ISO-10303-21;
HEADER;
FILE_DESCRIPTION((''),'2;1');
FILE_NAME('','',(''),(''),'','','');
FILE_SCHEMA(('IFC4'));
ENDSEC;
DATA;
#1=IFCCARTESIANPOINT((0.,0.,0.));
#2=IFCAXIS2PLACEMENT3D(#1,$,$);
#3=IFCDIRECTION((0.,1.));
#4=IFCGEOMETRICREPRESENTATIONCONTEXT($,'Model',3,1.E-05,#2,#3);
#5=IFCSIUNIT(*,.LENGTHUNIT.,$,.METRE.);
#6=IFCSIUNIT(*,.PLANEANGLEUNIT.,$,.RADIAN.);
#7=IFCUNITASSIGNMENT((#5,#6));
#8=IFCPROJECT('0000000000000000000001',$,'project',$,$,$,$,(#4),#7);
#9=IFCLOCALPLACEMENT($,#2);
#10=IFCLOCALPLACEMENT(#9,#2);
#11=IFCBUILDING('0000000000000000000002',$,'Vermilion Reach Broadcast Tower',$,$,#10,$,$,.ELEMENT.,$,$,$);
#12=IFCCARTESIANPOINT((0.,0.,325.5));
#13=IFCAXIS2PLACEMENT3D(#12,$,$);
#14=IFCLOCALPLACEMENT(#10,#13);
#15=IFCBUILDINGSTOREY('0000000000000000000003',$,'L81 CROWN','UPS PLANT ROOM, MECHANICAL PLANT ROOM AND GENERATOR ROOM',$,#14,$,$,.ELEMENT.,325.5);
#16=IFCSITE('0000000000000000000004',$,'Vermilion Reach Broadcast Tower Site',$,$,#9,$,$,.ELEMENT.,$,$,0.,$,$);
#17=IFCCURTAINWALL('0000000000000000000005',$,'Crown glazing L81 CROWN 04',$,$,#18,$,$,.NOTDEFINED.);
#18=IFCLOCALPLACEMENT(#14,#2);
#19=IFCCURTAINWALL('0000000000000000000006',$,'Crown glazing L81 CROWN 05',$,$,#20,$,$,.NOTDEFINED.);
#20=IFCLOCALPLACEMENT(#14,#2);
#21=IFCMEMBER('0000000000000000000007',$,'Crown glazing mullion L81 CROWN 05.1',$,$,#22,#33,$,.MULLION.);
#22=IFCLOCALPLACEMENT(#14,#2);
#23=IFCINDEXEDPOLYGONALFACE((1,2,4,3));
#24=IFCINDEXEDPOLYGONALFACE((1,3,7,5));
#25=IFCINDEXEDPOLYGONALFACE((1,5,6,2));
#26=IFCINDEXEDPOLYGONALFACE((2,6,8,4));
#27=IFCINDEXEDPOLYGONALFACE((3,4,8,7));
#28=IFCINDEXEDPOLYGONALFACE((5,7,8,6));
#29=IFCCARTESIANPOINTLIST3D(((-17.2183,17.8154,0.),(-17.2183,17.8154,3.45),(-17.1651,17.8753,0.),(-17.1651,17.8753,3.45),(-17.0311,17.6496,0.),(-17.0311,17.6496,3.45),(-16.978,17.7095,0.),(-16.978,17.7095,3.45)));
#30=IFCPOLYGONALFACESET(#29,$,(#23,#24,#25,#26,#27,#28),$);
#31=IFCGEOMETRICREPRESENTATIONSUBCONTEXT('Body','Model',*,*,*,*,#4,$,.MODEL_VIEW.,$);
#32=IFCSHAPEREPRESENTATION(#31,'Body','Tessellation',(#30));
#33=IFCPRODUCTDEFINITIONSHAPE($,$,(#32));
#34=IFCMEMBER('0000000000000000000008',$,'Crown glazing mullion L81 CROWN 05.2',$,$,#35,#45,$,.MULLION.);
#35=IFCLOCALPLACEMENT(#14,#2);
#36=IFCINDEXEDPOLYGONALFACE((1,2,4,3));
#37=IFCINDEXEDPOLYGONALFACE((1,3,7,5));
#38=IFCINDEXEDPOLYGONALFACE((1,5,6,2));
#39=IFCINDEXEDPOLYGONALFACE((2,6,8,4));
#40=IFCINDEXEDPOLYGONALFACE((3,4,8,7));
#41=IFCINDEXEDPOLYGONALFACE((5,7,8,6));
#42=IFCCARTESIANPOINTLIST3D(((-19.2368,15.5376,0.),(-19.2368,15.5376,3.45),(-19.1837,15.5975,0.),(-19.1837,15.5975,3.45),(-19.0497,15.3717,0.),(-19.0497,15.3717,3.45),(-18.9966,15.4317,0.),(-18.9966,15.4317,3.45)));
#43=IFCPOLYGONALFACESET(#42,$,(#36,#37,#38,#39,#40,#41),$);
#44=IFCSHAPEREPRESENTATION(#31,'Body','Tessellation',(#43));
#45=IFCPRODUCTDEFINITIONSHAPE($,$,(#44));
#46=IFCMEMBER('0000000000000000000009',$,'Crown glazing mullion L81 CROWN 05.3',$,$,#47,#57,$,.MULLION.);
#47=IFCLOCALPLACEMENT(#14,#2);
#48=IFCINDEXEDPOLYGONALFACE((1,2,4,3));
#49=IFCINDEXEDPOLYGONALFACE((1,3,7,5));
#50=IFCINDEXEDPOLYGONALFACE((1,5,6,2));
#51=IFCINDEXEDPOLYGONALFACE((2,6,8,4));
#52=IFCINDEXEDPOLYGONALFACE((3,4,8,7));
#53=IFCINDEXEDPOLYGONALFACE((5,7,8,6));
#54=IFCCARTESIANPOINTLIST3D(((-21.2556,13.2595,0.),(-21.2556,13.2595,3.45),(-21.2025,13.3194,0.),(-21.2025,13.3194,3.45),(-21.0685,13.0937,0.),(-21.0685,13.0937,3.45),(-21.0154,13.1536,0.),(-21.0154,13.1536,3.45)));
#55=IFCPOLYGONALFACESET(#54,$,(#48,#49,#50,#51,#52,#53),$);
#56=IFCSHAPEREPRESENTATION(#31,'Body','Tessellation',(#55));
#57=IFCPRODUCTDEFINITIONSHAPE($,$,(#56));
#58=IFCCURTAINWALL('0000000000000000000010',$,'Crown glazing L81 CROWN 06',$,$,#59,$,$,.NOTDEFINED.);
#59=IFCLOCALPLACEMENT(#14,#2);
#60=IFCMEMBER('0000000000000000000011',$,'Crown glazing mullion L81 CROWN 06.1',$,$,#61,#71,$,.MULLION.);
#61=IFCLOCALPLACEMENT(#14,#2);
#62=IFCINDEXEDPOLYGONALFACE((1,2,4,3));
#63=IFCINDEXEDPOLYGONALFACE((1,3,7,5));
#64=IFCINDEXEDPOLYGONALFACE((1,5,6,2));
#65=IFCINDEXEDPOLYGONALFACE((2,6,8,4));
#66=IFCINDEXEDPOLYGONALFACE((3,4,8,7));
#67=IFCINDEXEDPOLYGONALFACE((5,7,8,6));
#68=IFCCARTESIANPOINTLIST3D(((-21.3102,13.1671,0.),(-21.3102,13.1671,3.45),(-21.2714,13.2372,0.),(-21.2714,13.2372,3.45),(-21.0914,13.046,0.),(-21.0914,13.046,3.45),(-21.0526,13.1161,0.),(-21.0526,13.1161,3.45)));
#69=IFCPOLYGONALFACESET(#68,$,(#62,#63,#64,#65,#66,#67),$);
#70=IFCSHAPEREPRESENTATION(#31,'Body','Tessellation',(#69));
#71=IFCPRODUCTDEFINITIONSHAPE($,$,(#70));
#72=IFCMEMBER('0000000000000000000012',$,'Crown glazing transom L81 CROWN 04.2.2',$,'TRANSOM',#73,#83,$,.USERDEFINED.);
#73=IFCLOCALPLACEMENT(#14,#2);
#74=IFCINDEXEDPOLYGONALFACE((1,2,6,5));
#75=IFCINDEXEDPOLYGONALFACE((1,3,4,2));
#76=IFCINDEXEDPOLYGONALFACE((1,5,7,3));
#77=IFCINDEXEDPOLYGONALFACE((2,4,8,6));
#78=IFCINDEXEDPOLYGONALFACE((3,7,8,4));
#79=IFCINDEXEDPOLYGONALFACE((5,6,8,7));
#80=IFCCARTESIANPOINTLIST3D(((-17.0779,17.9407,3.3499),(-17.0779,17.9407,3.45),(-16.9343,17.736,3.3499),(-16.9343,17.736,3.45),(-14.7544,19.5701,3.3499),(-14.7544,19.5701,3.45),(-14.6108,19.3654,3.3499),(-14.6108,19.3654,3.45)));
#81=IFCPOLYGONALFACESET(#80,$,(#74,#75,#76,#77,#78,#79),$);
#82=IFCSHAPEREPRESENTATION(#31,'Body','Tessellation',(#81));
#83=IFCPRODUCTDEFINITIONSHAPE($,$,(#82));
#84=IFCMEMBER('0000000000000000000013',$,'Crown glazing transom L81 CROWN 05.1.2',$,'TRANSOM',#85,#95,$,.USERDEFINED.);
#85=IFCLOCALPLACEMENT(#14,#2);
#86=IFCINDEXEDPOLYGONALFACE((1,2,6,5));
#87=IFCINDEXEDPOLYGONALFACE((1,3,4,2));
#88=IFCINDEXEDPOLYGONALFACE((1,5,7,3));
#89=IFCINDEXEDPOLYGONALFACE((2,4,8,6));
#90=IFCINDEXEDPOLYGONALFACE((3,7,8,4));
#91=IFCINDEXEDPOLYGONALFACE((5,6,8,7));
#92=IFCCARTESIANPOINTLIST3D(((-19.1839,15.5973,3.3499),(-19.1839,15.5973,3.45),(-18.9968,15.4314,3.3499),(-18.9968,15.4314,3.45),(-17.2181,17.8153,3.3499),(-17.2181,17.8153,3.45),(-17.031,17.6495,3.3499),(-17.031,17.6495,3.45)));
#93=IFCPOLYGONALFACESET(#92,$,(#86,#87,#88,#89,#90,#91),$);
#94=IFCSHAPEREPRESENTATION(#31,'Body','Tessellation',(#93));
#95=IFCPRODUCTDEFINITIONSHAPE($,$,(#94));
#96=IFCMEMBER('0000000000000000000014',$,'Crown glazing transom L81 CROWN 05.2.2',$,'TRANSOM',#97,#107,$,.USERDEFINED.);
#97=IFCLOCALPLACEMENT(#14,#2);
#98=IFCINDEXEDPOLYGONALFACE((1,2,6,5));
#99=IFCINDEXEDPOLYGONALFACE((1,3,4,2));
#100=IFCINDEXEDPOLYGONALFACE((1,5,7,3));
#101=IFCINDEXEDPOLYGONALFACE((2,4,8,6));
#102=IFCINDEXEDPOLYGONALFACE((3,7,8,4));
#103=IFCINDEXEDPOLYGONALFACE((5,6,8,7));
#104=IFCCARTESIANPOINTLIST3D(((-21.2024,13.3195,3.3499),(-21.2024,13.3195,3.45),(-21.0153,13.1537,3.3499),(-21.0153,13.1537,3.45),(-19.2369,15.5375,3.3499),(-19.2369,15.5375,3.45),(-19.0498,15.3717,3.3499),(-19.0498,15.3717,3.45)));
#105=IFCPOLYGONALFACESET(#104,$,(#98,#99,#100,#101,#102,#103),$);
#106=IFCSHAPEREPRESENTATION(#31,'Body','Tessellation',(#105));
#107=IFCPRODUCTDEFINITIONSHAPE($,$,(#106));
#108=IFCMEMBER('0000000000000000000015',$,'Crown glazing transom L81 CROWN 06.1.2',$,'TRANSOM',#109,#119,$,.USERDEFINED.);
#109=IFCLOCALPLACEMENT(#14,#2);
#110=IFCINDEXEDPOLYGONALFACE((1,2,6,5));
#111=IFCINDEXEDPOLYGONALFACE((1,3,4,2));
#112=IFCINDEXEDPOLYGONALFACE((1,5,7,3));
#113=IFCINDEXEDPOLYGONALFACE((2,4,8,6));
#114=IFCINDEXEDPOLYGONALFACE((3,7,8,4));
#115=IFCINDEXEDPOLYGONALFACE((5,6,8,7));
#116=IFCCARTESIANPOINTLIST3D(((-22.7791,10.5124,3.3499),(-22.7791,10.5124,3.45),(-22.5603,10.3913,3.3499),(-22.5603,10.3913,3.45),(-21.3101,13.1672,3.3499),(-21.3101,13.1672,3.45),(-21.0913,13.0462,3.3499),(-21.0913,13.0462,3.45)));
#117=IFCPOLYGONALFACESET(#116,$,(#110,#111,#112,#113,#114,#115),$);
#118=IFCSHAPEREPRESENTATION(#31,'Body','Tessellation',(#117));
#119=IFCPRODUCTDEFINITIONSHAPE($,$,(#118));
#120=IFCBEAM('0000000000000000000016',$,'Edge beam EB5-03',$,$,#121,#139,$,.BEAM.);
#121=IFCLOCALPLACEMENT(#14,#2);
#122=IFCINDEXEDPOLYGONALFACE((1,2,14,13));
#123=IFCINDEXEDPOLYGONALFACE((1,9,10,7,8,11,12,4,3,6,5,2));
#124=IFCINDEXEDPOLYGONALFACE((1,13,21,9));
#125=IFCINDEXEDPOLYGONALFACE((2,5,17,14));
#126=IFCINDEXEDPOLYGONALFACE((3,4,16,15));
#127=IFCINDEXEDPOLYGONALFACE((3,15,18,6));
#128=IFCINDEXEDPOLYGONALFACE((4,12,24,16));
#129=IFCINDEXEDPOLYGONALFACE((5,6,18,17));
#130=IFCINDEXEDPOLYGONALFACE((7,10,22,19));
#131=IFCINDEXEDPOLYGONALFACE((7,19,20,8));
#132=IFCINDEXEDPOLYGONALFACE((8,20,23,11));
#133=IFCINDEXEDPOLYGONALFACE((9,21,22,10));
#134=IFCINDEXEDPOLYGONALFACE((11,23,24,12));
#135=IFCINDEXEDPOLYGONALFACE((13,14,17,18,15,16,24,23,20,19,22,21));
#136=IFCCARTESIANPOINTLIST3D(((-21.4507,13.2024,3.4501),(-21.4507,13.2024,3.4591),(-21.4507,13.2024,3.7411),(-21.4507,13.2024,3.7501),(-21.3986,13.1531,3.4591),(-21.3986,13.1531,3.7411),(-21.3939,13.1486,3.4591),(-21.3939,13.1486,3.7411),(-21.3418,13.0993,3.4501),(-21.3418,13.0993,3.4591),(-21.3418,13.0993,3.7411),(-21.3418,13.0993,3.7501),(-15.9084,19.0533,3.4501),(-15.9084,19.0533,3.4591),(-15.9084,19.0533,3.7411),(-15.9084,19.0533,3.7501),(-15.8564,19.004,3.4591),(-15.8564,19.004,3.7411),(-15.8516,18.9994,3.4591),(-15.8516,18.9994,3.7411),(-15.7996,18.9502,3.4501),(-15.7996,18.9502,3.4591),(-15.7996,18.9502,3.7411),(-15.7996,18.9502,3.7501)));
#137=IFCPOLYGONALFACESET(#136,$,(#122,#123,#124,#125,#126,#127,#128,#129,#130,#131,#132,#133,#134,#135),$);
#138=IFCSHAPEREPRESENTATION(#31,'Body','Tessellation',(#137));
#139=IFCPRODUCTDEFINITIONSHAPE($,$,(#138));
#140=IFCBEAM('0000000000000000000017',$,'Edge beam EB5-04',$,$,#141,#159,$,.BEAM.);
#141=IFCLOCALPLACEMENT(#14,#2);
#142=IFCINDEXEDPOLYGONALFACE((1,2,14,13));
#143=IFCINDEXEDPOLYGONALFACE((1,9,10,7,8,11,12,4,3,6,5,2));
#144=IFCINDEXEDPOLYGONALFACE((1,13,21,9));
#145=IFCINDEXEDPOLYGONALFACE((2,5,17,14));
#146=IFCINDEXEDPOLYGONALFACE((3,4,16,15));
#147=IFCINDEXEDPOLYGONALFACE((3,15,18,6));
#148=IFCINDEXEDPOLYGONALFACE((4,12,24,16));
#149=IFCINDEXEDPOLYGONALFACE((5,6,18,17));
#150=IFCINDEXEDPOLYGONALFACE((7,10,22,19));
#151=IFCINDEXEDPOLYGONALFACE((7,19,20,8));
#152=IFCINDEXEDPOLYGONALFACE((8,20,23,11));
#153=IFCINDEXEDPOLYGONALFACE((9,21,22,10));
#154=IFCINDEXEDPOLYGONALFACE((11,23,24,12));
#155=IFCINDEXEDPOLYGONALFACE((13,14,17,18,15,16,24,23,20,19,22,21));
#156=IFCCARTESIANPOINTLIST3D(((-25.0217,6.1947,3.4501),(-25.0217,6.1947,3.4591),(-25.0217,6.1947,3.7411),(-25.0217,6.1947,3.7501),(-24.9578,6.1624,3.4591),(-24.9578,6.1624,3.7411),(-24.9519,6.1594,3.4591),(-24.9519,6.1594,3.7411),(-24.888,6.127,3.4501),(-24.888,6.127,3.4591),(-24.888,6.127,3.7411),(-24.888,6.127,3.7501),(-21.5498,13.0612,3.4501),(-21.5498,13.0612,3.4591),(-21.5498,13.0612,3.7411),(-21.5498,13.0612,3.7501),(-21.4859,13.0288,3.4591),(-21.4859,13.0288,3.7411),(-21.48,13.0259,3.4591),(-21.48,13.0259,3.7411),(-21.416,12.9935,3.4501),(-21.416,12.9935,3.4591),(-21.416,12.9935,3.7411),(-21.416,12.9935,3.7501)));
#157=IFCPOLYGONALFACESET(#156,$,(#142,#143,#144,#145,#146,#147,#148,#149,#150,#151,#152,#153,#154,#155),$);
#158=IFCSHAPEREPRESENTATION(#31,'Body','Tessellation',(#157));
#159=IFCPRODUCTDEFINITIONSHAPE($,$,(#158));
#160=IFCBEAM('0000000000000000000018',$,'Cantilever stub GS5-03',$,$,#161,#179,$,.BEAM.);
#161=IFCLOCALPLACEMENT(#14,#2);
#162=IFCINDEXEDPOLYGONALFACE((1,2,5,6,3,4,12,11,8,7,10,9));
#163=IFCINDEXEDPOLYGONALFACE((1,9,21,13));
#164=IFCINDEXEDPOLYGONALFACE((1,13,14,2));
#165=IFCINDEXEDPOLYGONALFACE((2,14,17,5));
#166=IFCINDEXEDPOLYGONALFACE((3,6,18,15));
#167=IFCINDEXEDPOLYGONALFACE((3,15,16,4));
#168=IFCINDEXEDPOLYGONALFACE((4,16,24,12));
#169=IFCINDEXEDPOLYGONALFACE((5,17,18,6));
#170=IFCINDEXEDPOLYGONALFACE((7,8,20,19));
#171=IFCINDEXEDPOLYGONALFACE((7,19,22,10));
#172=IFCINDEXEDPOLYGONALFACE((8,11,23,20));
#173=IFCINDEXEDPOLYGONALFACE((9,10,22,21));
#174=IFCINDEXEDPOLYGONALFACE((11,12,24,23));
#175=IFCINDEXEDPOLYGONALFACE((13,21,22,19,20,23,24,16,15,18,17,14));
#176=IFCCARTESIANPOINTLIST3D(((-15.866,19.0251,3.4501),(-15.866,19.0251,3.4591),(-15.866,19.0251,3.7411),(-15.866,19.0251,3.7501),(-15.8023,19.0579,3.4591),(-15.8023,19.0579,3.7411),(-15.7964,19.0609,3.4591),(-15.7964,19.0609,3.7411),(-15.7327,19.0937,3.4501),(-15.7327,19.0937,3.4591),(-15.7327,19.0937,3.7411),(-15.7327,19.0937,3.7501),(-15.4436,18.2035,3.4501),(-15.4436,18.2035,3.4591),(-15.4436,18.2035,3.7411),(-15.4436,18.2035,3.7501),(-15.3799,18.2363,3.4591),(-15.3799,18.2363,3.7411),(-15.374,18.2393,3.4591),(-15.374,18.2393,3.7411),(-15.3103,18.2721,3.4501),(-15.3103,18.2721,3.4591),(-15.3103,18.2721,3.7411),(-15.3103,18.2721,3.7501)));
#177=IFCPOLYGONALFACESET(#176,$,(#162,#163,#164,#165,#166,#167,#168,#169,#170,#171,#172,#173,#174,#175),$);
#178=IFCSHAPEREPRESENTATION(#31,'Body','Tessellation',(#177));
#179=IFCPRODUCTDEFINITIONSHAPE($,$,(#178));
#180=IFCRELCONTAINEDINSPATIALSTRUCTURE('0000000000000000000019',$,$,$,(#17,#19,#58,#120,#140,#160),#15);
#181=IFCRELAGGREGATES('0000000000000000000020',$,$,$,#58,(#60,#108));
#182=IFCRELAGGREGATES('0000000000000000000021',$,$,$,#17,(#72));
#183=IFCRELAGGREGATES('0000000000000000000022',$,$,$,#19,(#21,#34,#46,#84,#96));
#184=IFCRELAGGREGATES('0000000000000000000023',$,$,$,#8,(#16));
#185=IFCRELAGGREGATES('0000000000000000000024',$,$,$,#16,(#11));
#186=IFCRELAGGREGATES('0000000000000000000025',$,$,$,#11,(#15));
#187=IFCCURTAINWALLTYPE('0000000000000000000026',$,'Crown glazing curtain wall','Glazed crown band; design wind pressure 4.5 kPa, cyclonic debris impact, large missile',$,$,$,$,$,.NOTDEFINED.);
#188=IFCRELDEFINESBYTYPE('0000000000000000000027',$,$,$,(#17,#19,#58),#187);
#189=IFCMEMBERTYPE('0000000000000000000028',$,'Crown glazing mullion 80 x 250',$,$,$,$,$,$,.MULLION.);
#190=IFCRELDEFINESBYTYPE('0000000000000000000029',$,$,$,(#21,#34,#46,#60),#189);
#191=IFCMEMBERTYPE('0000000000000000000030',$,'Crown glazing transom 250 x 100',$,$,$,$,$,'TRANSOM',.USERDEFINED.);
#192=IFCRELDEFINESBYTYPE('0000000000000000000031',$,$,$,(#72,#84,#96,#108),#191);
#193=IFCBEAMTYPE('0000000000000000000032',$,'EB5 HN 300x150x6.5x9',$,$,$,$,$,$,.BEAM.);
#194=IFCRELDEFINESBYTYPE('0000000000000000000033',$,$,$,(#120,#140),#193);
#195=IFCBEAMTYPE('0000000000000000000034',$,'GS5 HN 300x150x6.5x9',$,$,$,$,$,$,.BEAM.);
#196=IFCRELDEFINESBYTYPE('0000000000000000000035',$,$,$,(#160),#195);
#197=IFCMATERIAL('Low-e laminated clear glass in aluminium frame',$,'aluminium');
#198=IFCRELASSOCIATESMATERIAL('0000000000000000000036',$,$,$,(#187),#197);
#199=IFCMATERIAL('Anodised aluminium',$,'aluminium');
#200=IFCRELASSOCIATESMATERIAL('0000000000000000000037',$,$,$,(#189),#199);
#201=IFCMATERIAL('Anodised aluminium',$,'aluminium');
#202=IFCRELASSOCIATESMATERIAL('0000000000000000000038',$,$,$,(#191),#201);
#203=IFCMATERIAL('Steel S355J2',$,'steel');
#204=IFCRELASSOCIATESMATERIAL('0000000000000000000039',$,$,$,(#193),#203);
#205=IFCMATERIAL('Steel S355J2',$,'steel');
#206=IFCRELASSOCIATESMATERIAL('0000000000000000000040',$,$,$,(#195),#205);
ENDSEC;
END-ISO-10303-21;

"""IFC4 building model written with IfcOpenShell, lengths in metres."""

from ifc_helpers import new_model, si_unit, direction, frame, origin, origin_2d, place, context, subcontext, project, spatial, rectangle, i_section, extrude, material, material_profile, profile_set, type_object, element, aggregate, save


model = new_model("IFC4")

# Units and contexts
model_context = context("Model", 3, precision=1e-05, world=origin(), true_north=direction((0.0, 1.0)))
body_context = subcontext(model_context, "Body", "Model", "MODEL_VIEW")
ifc_project = project(units=[si_unit("LENGTHUNIT", "METRE"), si_unit("PLANEANGLEUNIT", "RADIAN")], contexts=[model_context])

# Site, building, storey
site_placement = place(None, origin())
site = spatial("IfcSite", under=ifc_project, at=site_placement, Name="Vermilion Reach Broadcast Tower Site", CompositionType="ELEMENT", RefElevation=0.0)
building_placement = place(site_placement, origin())
building = spatial("IfcBuilding", under=site, at=building_placement, Name="Vermilion Reach Broadcast Tower", CompositionType="ELEMENT")
storey_placement = place(building_placement, frame((0.0, 0.0, 325.5)))
storey = spatial("IfcBuildingStorey", under=building, at=storey_placement, Name="L81 CROWN", Description="UPS PLANT ROOM, MECHANICAL PLANT ROOM AND GENERATOR ROOM", CompositionType="ELEMENT", Elevation=325.5)

# Curtain walls, members
ifc_material_1 = material(Name="Low-e laminated clear glass in aluminium frame", Category="aluminium")
curtain_wall_type = type_object("IfcCurtainWallType", Name="Crown glazing curtain wall", Description="Glazed crown band; design wind pressure 4.5 kPa, cyclonic debris impact, large missile", PredefinedType="NOTDEFINED", material=ifc_material_1)
placement = place(storey_placement, origin())
curtain_wall_1 = element("IfcCurtainWall", 1, at=placement, inside=storey, type_object=curtain_wall_type, Name="Crown glazing L81 CROWN 04", PredefinedType="NOTDEFINED")
ifc_material_2 = material(Name="Anodised aluminium", Category="aluminium")
ifc_material_profile_1 = material_profile(ifc_material_2, rectangle(XDim=0.25, YDim=0.0801, at=origin_2d()), Name="Crown glazing mullion 80 x 250")
ifc_profile_set_1 = profile_set([ifc_material_profile_1], Name="Anodised aluminium")
member_type_1 = type_object("IfcMemberType", Name="Crown glazing mullion 80 x 250", PredefinedType="MULLION", material=ifc_profile_set_1)
curtain_wall_2 = element("IfcCurtainWall", 2, at=placement, inside=storey, type_object=curtain_wall_type, Name="Crown glazing L81 CROWN 05", PredefinedType="NOTDEFINED")
member_1_placement = place(storey_placement, frame((-17.0981, 17.7625, 0.0), z_axis=(0.0, 0.0, 1.0), x_axis=(0.748408, -0.663239, 0.0)))
member_1 = element("IfcMember", 3, at=member_1_placement, type_object=member_type_1, Name="Crown glazing mullion L81 CROWN 05.1", PredefinedType="MULLION", context=body_context, shape_type="SweptSolid", body=[
    extrude(rectangle(XDim=0.25, YDim=0.0801, at=origin_2d()), origin(), (0.0, 0.0, 1.0), 3.45),
])
member_2_placement = place(storey_placement, frame((-19.1167, 15.4846, 0.0), z_axis=(0.0, 0.0, 1.0), x_axis=(0.748408, -0.663239, 0.0)))
member_2 = element("IfcMember", 4, at=member_2_placement, type_object=member_type_1, Name="Crown glazing mullion L81 CROWN 05.2", PredefinedType="MULLION", context=body_context, shape_type="SweptSolid", body=[
    extrude(rectangle(XDim=0.25, YDim=0.0801, at=origin_2d()), origin(), (0.0, 0.0, 1.0), 3.45),
])
member_3_placement = place(storey_placement, frame((-21.1355, 13.2065, 0.0), z_axis=(0.0, 0.0, 1.0), x_axis=(0.748408, -0.663239, 0.0)))
member_3 = element("IfcMember", 5, at=member_3_placement, type_object=member_type_1, Name="Crown glazing mullion L81 CROWN 05.3", PredefinedType="MULLION", context=body_context, shape_type="SweptSolid", body=[
    extrude(rectangle(XDim=0.25, YDim=0.0801, at=origin_2d()), origin(), (0.0, 0.0, 1.0), 3.45),
])

# Curtain wall, member
curtain_wall_3 = element("IfcCurtainWall", 6, at=placement, inside=storey, type_object=curtain_wall_type, Name="Crown glazing L81 CROWN 06", PredefinedType="NOTDEFINED")
member_4_placement = place(storey_placement, frame((-21.1814, 13.1416, 0.0), z_axis=(0.0, 0.0, 1.0), x_axis=(0.874983, -0.484153, 0.0)))
member_4 = element("IfcMember", 7, at=member_4_placement, type_object=member_type_1, Name="Crown glazing mullion L81 CROWN 06.1", PredefinedType="MULLION", context=body_context, shape_type="SweptSolid", body=[
    extrude(rectangle(XDim=0.25, YDim=0.0801, at=origin_2d()), origin(), (0.0, 0.0, 1.0), 3.45),
])

# Members
ifc_material_3 = material(Name="Anodised aluminium", Category="aluminium")
ifc_material_profile_2 = material_profile(ifc_material_3, rectangle(XDim=0.25, YDim=0.1001, at=origin_2d()), Name="Crown glazing transom 250 x 100")
ifc_profile_set_2 = profile_set([ifc_material_profile_2], Name="Anodised aluminium")
member_type_2 = type_object("IfcMemberType", Name="Crown glazing transom 250 x 100", ElementType="TRANSOM", PredefinedType="USERDEFINED", material=ifc_profile_set_2)
member_5_placement = place(storey_placement, frame((-14.6826, 19.4678, 3.3999), z_axis=(-0.818743, -0.574161, 0.0), x_axis=(0.574161, -0.818743, 0.0)))
member_5 = element("IfcMember", 8, at=member_5_placement, type_object=member_type_2, Name="Crown glazing transom L81 CROWN 04.2.2", ObjectType="TRANSOM", PredefinedType="USERDEFINED", context=body_context, shape_type="SweptSolid", body=[
    extrude(rectangle(XDim=0.25, YDim=0.1001, at=origin_2d()), origin(), (0.0, 0.0, 1.0), 2.8379),
])
member_6_placement = place(storey_placement, frame((-17.1245, 17.7324, 3.3999), z_axis=(-0.663279, -0.748372, 0.0), x_axis=(0.748372, -0.663279, 0.0)))
member_6 = element("IfcMember", 9, at=member_6_placement, type_object=member_type_2, Name="Crown glazing transom L81 CROWN 05.1.2", ObjectType="TRANSOM", PredefinedType="USERDEFINED", context=body_context, shape_type="SweptSolid", body=[
    extrude(rectangle(XDim=0.25, YDim=0.1001, at=origin_2d()), origin(), (0.0, 0.0, 1.0), 2.9639),
])
member_7_placement = place(storey_placement, frame((-19.1433, 15.4546, 3.3999), z_axis=(-0.663233, -0.748413, 0.0), x_axis=(0.748413, -0.663233, 0.0)))
member_7 = element("IfcMember", 10, at=member_7_placement, type_object=member_type_2, Name="Crown glazing transom L81 CROWN 05.2.2", ObjectType="TRANSOM", PredefinedType="USERDEFINED", context=body_context, shape_type="SweptSolid", body=[
    extrude(rectangle(XDim=0.25, YDim=0.1001, at=origin_2d()), origin(), (0.0, 0.0, 1.0), 2.9636),
])
member_8_placement = place(storey_placement, frame((-21.2007, 13.1067, 3.3999), z_axis=(-0.48416, -0.87498, 0.0), x_axis=(0.87498, -0.48416, 0.0)))
member_8 = element("IfcMember", 11, at=member_8_placement, type_object=member_type_2, Name="Crown glazing transom L81 CROWN 06.1.2", ObjectType="TRANSOM", PredefinedType="USERDEFINED", context=body_context, shape_type="SweptSolid", body=[
    extrude(rectangle(XDim=0.25, YDim=0.1001, at=origin_2d()), origin(), (0.0, 0.0, 1.0), 3.0342),
])
aggregate(curtain_wall_3, [member_4, member_8])

# Beams
ifc_material_4 = material(Name="Steel S355J2", Category="steel")
ifc_material_profile_3 = material_profile(ifc_material_4, i_section(OverallWidth=0.1499, OverallDepth=0.3, WebThickness=0.0066, FlangeThickness=0.009, at=origin_2d()), Name="S355J2 HN 300x150x6.5x9")
ifc_profile_set_3 = profile_set([ifc_material_profile_3], Name="Steel S355J2")
beam_type_1 = type_object("IfcBeamType", Name="EB5 HN 300x150x6.5x9", PredefinedType="BEAM", material=ifc_profile_set_3)
beam_1_placement = place(storey_placement, frame((-15.854, 19.0017, 3.6001), z_axis=(-0.687702, -0.725993, 0.0), x_axis=(0.725993, -0.687702, 0.0)))
element("IfcBeam", 12, at=beam_1_placement, inside=storey, type_object=beam_type_1, Name="Edge beam EB5-03", PredefinedType="BEAM", context=body_context, shape_type="SweptSolid", body=[
    extrude(i_section(OverallWidth=0.1499, OverallDepth=0.3, WebThickness=0.0066, FlangeThickness=0.009, at=origin_2d()), origin(), (0.0, 0.0, 1.0), 8.0591),
])
beam_2_placement = place(storey_placement, frame((-21.4829, 13.0273, 3.6001), z_axis=(-0.451232, -0.892406, 0.0), x_axis=(0.892406, -0.451232, 0.0)))
element("IfcBeam", 13, at=beam_2_placement, inside=storey, type_object=beam_type_1, Name="Edge beam EB5-04", PredefinedType="BEAM", context=body_context, shape_type="SweptSolid", body=[
    extrude(i_section(OverallWidth=0.1499, OverallDepth=0.3, WebThickness=0.0066, FlangeThickness=0.009, at=origin_2d()), origin(), (0.0, 0.0, 1.0), 7.6943),
])
ifc_material_5 = material(Name="Steel S355J2", Category="steel")
ifc_material_profile_4 = material_profile(ifc_material_5, i_section(OverallWidth=0.1499, OverallDepth=0.3, WebThickness=0.0066, FlangeThickness=0.009, at=origin_2d()), Name="S355J2 HN 300x150x6.5x9")
ifc_profile_set_4 = profile_set([ifc_material_profile_4], Name="Steel S355J2")
beam_type_2 = type_object("IfcBeamType", Name="GS5 HN 300x150x6.5x9", PredefinedType="BEAM", material=ifc_profile_set_4)
beam_3_placement = place(storey_placement, frame((-15.377, 18.2378, 3.6001), z_axis=(-0.457229, 0.889349, 0.0), x_axis=(-0.889349, -0.457229, 0.0)))
element("IfcBeam", 14, at=beam_3_placement, inside=storey, type_object=beam_type_2, Name="Cantilever stub GS5-03", PredefinedType="BEAM", context=body_context, shape_type="SweptSolid", body=[
    extrude(i_section(OverallWidth=0.1499, OverallDepth=0.3, WebThickness=0.0066, FlangeThickness=0.009, at=origin_2d()), origin(), (0.0, 0.0, 1.0), 0.9238),
])

aggregate(curtain_wall_1, [member_5])
aggregate(curtain_wall_2, [member_1, member_2, member_3, member_6, member_7])

save(model, "model.ifc")
